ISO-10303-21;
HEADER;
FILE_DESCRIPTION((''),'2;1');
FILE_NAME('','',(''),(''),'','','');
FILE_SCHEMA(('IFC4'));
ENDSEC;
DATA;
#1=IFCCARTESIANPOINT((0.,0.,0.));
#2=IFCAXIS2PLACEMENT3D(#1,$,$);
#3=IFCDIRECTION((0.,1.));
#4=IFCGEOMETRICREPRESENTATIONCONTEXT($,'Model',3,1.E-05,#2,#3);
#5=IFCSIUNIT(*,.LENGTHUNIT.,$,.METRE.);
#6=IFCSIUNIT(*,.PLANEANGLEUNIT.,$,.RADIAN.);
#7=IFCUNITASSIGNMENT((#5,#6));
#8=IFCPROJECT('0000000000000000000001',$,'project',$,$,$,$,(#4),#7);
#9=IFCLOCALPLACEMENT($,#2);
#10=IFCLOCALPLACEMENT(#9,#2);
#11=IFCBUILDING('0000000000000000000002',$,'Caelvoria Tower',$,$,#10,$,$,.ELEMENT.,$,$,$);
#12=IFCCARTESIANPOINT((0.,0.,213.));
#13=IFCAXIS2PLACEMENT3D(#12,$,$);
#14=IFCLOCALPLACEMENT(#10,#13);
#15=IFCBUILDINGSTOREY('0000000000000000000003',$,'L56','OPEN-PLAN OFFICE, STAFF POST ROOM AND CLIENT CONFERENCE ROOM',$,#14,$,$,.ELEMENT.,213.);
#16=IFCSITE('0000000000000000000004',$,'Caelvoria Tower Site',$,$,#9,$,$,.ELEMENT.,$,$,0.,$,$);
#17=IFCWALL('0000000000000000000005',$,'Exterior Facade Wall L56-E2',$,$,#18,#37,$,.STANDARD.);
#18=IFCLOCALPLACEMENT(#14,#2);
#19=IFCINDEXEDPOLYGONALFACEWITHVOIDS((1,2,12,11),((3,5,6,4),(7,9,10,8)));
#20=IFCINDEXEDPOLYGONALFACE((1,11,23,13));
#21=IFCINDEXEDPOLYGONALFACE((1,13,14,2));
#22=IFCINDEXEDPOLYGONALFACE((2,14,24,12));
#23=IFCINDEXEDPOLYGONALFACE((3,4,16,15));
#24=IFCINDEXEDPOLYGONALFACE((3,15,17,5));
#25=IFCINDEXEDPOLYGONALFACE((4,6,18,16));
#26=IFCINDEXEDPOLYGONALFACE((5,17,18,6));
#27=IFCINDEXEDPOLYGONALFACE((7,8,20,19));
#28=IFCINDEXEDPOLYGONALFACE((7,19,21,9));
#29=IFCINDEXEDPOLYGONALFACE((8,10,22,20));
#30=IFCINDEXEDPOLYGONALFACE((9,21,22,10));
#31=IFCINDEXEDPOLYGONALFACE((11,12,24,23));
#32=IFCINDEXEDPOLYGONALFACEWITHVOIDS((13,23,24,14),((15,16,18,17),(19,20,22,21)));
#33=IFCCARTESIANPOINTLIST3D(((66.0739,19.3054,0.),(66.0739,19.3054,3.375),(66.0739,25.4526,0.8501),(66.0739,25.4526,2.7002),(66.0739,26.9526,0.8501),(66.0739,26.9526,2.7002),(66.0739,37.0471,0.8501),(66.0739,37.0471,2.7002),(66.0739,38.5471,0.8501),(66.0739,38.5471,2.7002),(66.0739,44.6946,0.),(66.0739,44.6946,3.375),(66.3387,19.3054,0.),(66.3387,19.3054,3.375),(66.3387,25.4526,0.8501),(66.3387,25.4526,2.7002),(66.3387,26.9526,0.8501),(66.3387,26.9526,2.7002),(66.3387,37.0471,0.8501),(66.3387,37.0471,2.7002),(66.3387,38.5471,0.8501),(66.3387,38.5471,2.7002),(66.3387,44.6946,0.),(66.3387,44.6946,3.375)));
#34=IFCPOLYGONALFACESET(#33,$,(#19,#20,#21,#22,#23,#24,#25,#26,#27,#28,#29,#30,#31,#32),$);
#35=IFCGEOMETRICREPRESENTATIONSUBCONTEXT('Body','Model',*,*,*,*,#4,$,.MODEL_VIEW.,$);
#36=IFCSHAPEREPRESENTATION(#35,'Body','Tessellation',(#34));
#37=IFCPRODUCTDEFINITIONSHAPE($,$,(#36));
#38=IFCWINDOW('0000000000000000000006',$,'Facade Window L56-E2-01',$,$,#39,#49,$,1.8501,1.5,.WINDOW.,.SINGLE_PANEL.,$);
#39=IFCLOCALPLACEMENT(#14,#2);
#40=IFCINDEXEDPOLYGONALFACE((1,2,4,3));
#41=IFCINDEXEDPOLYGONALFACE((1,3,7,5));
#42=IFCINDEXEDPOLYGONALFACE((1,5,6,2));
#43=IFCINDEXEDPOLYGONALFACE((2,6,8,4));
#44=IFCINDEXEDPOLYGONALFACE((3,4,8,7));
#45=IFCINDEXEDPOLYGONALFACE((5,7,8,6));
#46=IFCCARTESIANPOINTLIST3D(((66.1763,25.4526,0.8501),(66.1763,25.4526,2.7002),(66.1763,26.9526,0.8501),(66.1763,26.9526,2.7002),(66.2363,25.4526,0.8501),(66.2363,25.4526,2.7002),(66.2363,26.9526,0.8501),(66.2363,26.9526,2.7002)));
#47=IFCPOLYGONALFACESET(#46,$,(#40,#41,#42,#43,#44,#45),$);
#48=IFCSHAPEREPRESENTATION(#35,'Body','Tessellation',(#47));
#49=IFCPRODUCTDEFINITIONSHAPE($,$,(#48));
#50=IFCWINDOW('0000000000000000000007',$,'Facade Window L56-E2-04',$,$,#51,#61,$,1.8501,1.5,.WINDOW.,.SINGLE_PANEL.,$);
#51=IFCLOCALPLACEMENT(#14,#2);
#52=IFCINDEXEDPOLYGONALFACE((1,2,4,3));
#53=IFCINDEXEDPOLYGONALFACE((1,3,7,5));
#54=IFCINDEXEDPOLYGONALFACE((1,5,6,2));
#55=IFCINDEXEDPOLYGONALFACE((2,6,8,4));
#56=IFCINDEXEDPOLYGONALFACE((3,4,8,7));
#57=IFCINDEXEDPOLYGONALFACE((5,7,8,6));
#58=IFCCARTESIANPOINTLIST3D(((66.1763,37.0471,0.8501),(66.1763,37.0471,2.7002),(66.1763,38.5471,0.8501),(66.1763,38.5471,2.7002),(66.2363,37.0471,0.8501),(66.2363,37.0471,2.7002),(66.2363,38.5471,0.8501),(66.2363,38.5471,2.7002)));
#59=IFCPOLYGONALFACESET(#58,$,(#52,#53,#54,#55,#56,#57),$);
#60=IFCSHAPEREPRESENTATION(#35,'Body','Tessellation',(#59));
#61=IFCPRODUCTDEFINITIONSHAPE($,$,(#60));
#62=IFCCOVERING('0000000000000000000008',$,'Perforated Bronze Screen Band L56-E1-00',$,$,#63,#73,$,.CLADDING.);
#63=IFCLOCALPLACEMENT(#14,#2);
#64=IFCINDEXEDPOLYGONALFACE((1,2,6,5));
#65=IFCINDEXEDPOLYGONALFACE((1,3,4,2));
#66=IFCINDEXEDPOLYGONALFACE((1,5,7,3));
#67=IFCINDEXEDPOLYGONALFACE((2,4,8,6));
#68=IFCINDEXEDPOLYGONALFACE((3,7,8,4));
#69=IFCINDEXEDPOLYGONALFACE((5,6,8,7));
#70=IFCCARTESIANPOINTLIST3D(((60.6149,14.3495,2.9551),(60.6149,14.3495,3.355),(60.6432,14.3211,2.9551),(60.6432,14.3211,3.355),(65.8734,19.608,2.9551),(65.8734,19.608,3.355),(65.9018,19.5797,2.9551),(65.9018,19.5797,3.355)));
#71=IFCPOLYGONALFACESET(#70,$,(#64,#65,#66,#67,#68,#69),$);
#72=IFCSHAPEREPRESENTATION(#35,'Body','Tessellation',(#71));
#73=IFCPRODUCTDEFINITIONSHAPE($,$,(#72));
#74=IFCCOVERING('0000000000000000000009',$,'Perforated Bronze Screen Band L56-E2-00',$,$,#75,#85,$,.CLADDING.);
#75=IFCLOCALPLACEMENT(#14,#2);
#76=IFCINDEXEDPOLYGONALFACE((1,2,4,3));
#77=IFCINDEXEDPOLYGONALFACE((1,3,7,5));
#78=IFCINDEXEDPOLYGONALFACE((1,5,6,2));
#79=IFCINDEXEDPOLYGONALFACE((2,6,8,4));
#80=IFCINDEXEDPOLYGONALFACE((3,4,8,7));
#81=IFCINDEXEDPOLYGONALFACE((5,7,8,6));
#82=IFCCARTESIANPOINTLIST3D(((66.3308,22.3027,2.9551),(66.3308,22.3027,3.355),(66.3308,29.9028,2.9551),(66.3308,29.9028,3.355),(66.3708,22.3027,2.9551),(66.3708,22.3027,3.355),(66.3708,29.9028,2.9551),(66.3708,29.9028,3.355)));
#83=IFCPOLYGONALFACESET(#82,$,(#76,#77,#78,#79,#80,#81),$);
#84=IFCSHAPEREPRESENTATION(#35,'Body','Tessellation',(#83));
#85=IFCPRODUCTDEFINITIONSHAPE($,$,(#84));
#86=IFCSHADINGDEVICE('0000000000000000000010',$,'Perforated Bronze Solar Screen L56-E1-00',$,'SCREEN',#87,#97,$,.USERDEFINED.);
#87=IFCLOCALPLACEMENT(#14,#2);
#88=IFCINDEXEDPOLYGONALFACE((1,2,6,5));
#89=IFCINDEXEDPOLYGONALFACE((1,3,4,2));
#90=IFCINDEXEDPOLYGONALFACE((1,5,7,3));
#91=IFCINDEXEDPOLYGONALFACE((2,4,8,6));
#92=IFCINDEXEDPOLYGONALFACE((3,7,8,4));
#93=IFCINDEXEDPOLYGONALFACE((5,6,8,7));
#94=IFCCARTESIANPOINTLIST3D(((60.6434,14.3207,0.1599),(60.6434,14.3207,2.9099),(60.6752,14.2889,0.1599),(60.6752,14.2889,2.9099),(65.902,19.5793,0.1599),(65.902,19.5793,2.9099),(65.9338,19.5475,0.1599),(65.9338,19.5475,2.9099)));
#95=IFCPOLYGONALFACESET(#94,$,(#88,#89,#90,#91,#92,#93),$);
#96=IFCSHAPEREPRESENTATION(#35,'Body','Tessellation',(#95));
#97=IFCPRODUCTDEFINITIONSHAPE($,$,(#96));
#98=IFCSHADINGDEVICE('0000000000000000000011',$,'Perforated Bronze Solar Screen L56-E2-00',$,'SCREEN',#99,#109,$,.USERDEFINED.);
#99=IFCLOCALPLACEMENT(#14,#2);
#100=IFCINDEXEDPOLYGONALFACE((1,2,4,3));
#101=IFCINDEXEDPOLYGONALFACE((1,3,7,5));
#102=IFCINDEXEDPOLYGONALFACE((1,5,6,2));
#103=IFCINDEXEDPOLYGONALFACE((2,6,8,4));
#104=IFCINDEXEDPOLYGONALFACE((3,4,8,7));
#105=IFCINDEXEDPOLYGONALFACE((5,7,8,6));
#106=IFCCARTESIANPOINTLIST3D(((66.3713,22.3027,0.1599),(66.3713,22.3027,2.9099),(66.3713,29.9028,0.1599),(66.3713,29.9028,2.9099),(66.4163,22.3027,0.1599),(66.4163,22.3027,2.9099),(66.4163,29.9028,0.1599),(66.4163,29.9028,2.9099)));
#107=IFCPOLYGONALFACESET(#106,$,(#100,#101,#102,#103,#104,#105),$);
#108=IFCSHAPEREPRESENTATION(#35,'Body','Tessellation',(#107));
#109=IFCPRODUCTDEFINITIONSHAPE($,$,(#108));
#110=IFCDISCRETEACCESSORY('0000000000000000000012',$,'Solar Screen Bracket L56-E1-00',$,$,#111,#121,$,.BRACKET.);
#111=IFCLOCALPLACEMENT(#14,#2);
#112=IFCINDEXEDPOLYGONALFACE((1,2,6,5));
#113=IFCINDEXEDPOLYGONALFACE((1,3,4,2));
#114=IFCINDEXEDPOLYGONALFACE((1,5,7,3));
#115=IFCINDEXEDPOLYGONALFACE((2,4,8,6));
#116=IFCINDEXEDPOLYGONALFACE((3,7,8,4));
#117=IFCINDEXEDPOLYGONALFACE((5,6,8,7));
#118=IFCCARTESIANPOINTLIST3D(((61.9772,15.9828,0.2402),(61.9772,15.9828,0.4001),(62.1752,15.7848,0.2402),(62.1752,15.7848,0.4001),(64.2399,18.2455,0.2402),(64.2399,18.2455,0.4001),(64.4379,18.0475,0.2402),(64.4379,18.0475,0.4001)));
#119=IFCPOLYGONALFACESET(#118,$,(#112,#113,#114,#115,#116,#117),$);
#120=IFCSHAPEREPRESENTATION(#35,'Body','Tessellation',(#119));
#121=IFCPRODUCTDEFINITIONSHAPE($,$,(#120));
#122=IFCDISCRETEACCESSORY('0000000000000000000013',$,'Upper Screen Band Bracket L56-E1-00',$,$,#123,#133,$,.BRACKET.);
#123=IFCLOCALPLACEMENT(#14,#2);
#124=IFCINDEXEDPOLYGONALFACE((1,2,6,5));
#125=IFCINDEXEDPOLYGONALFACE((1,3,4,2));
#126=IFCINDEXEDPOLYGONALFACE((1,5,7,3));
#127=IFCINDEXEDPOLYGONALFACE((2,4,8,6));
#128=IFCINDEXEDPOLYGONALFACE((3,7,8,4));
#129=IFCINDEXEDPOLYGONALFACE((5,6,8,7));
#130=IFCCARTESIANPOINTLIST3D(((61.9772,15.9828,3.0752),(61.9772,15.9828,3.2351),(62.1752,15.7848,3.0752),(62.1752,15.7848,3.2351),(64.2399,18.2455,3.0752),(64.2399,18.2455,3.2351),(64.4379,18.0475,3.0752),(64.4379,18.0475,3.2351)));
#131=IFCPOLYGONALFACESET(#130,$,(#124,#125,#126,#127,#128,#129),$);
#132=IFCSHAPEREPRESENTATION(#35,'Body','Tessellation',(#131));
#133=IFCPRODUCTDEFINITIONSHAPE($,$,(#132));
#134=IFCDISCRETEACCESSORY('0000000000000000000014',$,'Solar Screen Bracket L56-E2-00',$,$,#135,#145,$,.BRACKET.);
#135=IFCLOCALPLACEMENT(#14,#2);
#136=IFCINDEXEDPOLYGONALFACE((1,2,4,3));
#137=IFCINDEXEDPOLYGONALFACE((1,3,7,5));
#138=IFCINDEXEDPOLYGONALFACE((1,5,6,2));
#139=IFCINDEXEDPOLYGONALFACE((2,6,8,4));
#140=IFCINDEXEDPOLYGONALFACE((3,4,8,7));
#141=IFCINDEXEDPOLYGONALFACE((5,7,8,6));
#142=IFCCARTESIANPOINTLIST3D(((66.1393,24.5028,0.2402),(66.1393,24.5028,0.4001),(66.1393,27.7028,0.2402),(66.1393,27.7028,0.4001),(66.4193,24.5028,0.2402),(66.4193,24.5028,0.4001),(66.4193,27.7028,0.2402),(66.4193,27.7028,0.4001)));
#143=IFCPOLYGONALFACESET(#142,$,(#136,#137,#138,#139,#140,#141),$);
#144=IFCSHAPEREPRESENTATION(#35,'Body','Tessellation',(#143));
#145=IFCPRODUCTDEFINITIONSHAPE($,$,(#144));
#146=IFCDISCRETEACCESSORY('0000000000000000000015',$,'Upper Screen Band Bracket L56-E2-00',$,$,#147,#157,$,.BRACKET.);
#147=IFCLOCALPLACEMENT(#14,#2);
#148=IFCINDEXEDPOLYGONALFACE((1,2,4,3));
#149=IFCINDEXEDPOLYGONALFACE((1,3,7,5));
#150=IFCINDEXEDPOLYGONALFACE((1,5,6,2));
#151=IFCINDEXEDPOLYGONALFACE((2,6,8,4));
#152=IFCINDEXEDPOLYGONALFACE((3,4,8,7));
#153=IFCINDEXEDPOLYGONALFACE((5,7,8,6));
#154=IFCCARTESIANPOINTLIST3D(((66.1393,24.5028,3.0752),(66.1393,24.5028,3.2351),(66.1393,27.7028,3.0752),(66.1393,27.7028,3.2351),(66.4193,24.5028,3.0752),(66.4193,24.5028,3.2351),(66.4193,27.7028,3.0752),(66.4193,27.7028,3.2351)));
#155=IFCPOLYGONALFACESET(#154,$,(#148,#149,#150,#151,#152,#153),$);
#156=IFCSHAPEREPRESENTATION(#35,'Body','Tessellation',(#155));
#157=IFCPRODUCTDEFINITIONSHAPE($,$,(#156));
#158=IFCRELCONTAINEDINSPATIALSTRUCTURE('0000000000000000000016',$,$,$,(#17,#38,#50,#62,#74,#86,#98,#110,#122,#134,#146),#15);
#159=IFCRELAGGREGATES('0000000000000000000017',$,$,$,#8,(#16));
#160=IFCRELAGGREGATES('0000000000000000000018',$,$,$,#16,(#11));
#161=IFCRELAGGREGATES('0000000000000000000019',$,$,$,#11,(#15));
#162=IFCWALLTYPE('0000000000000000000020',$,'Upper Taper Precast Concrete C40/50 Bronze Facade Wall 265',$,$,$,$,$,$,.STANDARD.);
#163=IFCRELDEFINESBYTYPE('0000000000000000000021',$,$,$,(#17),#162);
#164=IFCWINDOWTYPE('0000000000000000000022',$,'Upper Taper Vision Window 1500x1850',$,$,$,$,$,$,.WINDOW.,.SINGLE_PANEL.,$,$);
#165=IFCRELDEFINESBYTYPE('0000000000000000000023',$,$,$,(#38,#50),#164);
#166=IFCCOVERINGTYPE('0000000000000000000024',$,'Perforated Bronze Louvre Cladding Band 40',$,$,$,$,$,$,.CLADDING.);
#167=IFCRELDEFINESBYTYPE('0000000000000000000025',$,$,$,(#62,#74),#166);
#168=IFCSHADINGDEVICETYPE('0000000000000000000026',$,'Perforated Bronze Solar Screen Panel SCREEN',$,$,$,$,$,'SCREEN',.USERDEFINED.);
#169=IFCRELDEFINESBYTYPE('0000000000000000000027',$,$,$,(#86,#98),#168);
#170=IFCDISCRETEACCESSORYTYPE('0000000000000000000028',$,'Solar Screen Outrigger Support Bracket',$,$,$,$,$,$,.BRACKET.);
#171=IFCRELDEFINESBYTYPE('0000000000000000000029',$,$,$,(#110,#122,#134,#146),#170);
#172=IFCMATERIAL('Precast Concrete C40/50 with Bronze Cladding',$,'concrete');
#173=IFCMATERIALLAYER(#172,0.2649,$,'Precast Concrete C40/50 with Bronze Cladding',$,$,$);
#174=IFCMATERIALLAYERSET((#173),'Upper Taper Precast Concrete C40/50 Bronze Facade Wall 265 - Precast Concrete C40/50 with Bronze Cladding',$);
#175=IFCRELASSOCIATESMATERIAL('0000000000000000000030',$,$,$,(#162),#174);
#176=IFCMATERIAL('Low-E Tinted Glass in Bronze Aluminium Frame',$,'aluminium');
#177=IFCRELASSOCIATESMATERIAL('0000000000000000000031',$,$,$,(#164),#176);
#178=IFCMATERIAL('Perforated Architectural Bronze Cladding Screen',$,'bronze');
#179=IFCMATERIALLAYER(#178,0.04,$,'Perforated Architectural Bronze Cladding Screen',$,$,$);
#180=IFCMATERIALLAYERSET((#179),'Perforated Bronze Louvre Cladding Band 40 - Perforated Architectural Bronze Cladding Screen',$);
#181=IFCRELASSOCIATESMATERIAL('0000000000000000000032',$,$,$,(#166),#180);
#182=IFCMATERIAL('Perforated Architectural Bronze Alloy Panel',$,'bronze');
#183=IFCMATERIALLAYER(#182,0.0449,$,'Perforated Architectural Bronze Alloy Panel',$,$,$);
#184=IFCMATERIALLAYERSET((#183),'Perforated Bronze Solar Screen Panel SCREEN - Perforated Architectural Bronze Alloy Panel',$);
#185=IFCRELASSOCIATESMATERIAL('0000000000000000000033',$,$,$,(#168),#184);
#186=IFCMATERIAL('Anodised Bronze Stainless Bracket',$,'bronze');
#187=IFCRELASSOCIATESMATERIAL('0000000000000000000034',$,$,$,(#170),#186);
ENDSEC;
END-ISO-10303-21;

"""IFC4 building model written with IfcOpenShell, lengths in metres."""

from ifc_helpers import new_model, si_unit, direction, frame, frame_2d, origin, origin_2d, place, context, subcontext, project, spatial, rectangle, extrude, material, layer, layer_set, type_object, element, fill, save


model = new_model("IFC4")

# Units and contexts
model_context = context("Model", 3, precision=1e-05, world=origin(), true_north=direction((0.0, 1.0)))
body_context = subcontext(model_context, "Body", "Model", "MODEL_VIEW")
ifc_project = project(units=[si_unit("LENGTHUNIT", "METRE"), si_unit("PLANEANGLEUNIT", "RADIAN")], contexts=[model_context])

# Site, building, storey
site_placement = place(None, origin())
site = spatial("IfcSite", under=ifc_project, at=site_placement, Name="Caelvoria Tower Site", CompositionType="ELEMENT", RefElevation=0.0)
building_placement = place(site_placement, origin())
building = spatial("IfcBuilding", under=site, at=building_placement, Name="Caelvoria Tower", CompositionType="ELEMENT")
storey_placement = place(building_placement, frame((0.0, 0.0, 213.0)))
storey = spatial("IfcBuildingStorey", under=building, at=storey_placement, Name="L56", Description="OPEN-PLAN OFFICE, STAFF POST ROOM AND CLIENT CONFERENCE ROOM", CompositionType="ELEMENT", Elevation=213.0)

# Shared definitions
ifc_material_1 = material(Name="Precast Concrete C40/50 with Bronze Cladding", Category="concrete")
ifc_layer_1 = layer(ifc_material_1, 0.2649, Name="Precast Concrete C40/50 with Bronze Cladding")
ifc_layer_set_1 = layer_set([ifc_layer_1], Name="Upper Taper Precast Concrete C40/50 Bronze Facade Wall 265 - Precast Concrete C40/50 with Bronze Cladding")
wall_type_1 = type_object("IfcWallType", Name="Upper Taper Precast Concrete C40/50 Bronze Facade Wall 265", PredefinedType="STANDARD", material=ifc_layer_set_1)

# Wall, openings, windows
wall_1_placement = place(storey_placement, frame((66.2063, 19.3054, 0.0), z_axis=(0.0, 0.0, 1.0), x_axis=(0.0, 1.0, 0.0)))
wall_1 = element("IfcWall", 1, at=wall_1_placement, inside=storey, type_object=wall_type_1, Name="Exterior Facade Wall L56-E2", PredefinedType="STANDARD", context=body_context, shape_type="SweptSolid", body=[
    extrude(rectangle(XDim=25.3892, YDim=0.2649, at=frame_2d((12.6946, 0.0))), origin(), (0.0, 0.0, 1.0), 3.375),
])
opening_1_placement = place(wall_1_placement, frame((6.1472, 0.0, 0.8501)))
opening_1 = element("IfcOpeningElement", 2, at=opening_1_placement, cuts=wall_1, PredefinedType="OPENING", context=body_context, shape_type="SweptSolid", body=[
    extrude(rectangle(XDim=1.5, YDim=1.8501, at=frame_2d((0.75, 0.925))), frame((0.0, 0.1423, 0.0), z_axis=(0.0, -1.0, 0.0), x_axis=(1.0, 0.0, 0.0)), (0.0, 0.0, 1.0), 0.2849),
])
opening_2_placement = place(wall_1_placement, frame((17.7417, 0.0, 0.8501)))
opening_2 = element("IfcOpeningElement", 3, at=opening_2_placement, cuts=wall_1, PredefinedType="OPENING", context=body_context, shape_type="SweptSolid", body=[
    extrude(rectangle(XDim=1.5, YDim=1.8501, at=frame_2d((0.75, 0.925))), frame((0.0, 0.1423, 0.0), z_axis=(0.0, -1.0, 0.0), x_axis=(1.0, 0.0, 0.0)), (0.0, 0.0, 1.0), 0.2849),
])
ifc_material_2 = material(Name="Low-E Tinted Glass in Bronze Aluminium Frame", Category="aluminium")
window_type = type_object("IfcWindowType", Name="Upper Taper Vision Window 1500x1850", PartitioningType="SINGLE_PANEL", PredefinedType="WINDOW", material=ifc_material_2)
window_1_placement = place(opening_1_placement, origin())
window_1 = element("IfcWindow", 4, at=window_1_placement, inside=storey, type_object=window_type, Name="Facade Window L56-E2-01", OverallHeight=1.8501, OverallWidth=1.5, PartitioningType="SINGLE_PANEL", PredefinedType="WINDOW", context=body_context, shape_type="SweptSolid", body=[
    extrude(rectangle(XDim=1.5, YDim=1.8501, at=frame_2d((0.75, 0.925))), frame((0.0, 0.03, 0.0), z_axis=(0.0, -1.0, 0.0), x_axis=(1.0, 0.0, 0.0)), (0.0, 0.0, 1.0), 0.0601),
])
fill(opening_1, window_1)
window_2_placement = place(opening_2_placement, origin())
window_2 = element("IfcWindow", 5, at=window_2_placement, inside=storey, type_object=window_type, Name="Facade Window L56-E2-04", OverallHeight=1.8501, OverallWidth=1.5, PartitioningType="SINGLE_PANEL", PredefinedType="WINDOW", context=body_context, shape_type="SweptSolid", body=[
    extrude(rectangle(XDim=1.5, YDim=1.8501, at=frame_2d((0.75, 0.925))), frame((0.0, 0.03, 0.0), z_axis=(0.0, -1.0, 0.0), x_axis=(1.0, 0.0, 0.0)), (0.0, 0.0, 1.0), 0.0601),
])
fill(opening_2, window_2)

# Coverings
ifc_material_3 = material(Name="Perforated Architectural Bronze Cladding Screen", Category="bronze")
ifc_layer_2 = layer(ifc_material_3, 0.04, Name="Perforated Architectural Bronze Cladding Screen")
ifc_layer_set_2 = layer_set([ifc_layer_2], Name="Perforated Bronze Louvre Cladding Band 40 - Perforated Architectural Bronze Cladding Screen")
covering_type = type_object("IfcCoveringType", Name="Perforated Bronze Louvre Cladding Band 40", PredefinedType="CLADDING", material=ifc_layer_set_2)
covering_1_placement = place(storey_placement, frame((63.2583, 16.9646, 2.9551), z_axis=(0.0, 0.0, 1.0), x_axis=(0.707107, 0.707107, 0.0)))
element("IfcCovering", 6, at=covering_1_placement, inside=storey, type_object=covering_type, Name="Perforated Bronze Screen Band L56-E1-00", PredefinedType="CLADDING", context=body_context, shape_type="SweptSolid", body=[
    extrude(rectangle(XDim=7.4368, YDim=0.04, at=origin_2d()), origin(), (0.0, 0.0, 1.0), 0.3999),
])
covering_2_placement = place(storey_placement, frame((66.3508, 26.1028, 2.9551), z_axis=(0.0, 0.0, 1.0), x_axis=(0.0, 1.0, 0.0)))
element("IfcCovering", 7, at=covering_2_placement, inside=storey, type_object=covering_type, Name="Perforated Bronze Screen Band L56-E2-00", PredefinedType="CLADDING", context=body_context, shape_type="SweptSolid", body=[
    extrude(rectangle(XDim=7.6001, YDim=0.04, at=origin_2d()), origin(), (0.0, 0.0, 1.0), 0.3999),
])

# Shading devices
ifc_material_4 = material(Name="Perforated Architectural Bronze Alloy Panel", Category="bronze")
ifc_layer_3 = layer(ifc_material_4, 0.0449, Name="Perforated Architectural Bronze Alloy Panel")
ifc_layer_set_3 = layer_set([ifc_layer_3], Name="Perforated Bronze Solar Screen Panel SCREEN - Perforated Architectural Bronze Alloy Panel")
shading_device_type = type_object("IfcShadingDeviceType", Name="Perforated Bronze Solar Screen Panel SCREEN", ElementType="SCREEN", PredefinedType="USERDEFINED", material=ifc_layer_set_3)
shading_device_1_placement = place(storey_placement, frame((63.2886, 16.9341, 0.1599), z_axis=(0.0, 0.0, 1.0), x_axis=(0.707107, 0.707107, 0.0)))
element("IfcShadingDevice", 8, at=shading_device_1_placement, inside=storey, type_object=shading_device_type, Name="Perforated Bronze Solar Screen L56-E1-00", ObjectType="SCREEN", PredefinedType="USERDEFINED", context=body_context, shape_type="SweptSolid", body=[
    extrude(rectangle(XDim=7.4368, YDim=0.0449, at=origin_2d()), origin(), (0.0, 0.0, 1.0), 2.75),
])
shading_device_2_placement = place(storey_placement, frame((66.3938, 26.1028, 0.1599), z_axis=(0.0, 0.0, 1.0), x_axis=(0.0, 1.0, 0.0)))
element("IfcShadingDevice", 9, at=shading_device_2_placement, inside=storey, type_object=shading_device_type, Name="Perforated Bronze Solar Screen L56-E2-00", ObjectType="SCREEN", PredefinedType="USERDEFINED", context=body_context, shape_type="SweptSolid", body=[
    extrude(rectangle(XDim=7.6001, YDim=0.0449, at=origin_2d()), origin(), (0.0, 0.0, 1.0), 2.75),
])

# Discrete accessories
ifc_material_5 = material(Name="Anodised Bronze Stainless Bracket", Category="bronze")
discrete_accessory_type = type_object("IfcDiscreteAccessoryType", Name="Solar Screen Outrigger Support Bracket", PredefinedType="BRACKET", material=ifc_material_5)
for number, where, z_axis, x_axis, name in (
    (10, (63.2075, 17.0151, 0.2402), (0.0, 0.0, 1.0), (0.707107, 0.707107, 0.0), "Solar Screen Bracket L56-E1-00"),
    (11, (63.2075, 17.0151, 3.0752), (0.0, 0.0, 1.0), (0.707107, 0.707107, 0.0), "Upper Screen Band Bracket L56-E1-00"),
    (12, (66.2793, 26.1028, 0.2402), (0.0, 0.0, 1.0), (0.0, 1.0, 0.0), "Solar Screen Bracket L56-E2-00"),
    (13, (66.2793, 26.1028, 3.0752), (0.0, 0.0, 1.0), (0.0, 1.0, 0.0), "Upper Screen Band Bracket L56-E2-00"),
):
    element("IfcDiscreteAccessory", number, at=place(storey_placement, frame(where, z_axis=z_axis, x_axis=x_axis)), inside=storey, type_object=discrete_accessory_type, Name=name, PredefinedType="BRACKET", context=body_context, shape_type="SweptSolid", body=[
        extrude(rectangle(XDim=3.2, YDim=0.28, at=origin_2d()), origin(), (0.0, 0.0, 1.0), 0.1599),
    ])

save(model, "model.ifc")
